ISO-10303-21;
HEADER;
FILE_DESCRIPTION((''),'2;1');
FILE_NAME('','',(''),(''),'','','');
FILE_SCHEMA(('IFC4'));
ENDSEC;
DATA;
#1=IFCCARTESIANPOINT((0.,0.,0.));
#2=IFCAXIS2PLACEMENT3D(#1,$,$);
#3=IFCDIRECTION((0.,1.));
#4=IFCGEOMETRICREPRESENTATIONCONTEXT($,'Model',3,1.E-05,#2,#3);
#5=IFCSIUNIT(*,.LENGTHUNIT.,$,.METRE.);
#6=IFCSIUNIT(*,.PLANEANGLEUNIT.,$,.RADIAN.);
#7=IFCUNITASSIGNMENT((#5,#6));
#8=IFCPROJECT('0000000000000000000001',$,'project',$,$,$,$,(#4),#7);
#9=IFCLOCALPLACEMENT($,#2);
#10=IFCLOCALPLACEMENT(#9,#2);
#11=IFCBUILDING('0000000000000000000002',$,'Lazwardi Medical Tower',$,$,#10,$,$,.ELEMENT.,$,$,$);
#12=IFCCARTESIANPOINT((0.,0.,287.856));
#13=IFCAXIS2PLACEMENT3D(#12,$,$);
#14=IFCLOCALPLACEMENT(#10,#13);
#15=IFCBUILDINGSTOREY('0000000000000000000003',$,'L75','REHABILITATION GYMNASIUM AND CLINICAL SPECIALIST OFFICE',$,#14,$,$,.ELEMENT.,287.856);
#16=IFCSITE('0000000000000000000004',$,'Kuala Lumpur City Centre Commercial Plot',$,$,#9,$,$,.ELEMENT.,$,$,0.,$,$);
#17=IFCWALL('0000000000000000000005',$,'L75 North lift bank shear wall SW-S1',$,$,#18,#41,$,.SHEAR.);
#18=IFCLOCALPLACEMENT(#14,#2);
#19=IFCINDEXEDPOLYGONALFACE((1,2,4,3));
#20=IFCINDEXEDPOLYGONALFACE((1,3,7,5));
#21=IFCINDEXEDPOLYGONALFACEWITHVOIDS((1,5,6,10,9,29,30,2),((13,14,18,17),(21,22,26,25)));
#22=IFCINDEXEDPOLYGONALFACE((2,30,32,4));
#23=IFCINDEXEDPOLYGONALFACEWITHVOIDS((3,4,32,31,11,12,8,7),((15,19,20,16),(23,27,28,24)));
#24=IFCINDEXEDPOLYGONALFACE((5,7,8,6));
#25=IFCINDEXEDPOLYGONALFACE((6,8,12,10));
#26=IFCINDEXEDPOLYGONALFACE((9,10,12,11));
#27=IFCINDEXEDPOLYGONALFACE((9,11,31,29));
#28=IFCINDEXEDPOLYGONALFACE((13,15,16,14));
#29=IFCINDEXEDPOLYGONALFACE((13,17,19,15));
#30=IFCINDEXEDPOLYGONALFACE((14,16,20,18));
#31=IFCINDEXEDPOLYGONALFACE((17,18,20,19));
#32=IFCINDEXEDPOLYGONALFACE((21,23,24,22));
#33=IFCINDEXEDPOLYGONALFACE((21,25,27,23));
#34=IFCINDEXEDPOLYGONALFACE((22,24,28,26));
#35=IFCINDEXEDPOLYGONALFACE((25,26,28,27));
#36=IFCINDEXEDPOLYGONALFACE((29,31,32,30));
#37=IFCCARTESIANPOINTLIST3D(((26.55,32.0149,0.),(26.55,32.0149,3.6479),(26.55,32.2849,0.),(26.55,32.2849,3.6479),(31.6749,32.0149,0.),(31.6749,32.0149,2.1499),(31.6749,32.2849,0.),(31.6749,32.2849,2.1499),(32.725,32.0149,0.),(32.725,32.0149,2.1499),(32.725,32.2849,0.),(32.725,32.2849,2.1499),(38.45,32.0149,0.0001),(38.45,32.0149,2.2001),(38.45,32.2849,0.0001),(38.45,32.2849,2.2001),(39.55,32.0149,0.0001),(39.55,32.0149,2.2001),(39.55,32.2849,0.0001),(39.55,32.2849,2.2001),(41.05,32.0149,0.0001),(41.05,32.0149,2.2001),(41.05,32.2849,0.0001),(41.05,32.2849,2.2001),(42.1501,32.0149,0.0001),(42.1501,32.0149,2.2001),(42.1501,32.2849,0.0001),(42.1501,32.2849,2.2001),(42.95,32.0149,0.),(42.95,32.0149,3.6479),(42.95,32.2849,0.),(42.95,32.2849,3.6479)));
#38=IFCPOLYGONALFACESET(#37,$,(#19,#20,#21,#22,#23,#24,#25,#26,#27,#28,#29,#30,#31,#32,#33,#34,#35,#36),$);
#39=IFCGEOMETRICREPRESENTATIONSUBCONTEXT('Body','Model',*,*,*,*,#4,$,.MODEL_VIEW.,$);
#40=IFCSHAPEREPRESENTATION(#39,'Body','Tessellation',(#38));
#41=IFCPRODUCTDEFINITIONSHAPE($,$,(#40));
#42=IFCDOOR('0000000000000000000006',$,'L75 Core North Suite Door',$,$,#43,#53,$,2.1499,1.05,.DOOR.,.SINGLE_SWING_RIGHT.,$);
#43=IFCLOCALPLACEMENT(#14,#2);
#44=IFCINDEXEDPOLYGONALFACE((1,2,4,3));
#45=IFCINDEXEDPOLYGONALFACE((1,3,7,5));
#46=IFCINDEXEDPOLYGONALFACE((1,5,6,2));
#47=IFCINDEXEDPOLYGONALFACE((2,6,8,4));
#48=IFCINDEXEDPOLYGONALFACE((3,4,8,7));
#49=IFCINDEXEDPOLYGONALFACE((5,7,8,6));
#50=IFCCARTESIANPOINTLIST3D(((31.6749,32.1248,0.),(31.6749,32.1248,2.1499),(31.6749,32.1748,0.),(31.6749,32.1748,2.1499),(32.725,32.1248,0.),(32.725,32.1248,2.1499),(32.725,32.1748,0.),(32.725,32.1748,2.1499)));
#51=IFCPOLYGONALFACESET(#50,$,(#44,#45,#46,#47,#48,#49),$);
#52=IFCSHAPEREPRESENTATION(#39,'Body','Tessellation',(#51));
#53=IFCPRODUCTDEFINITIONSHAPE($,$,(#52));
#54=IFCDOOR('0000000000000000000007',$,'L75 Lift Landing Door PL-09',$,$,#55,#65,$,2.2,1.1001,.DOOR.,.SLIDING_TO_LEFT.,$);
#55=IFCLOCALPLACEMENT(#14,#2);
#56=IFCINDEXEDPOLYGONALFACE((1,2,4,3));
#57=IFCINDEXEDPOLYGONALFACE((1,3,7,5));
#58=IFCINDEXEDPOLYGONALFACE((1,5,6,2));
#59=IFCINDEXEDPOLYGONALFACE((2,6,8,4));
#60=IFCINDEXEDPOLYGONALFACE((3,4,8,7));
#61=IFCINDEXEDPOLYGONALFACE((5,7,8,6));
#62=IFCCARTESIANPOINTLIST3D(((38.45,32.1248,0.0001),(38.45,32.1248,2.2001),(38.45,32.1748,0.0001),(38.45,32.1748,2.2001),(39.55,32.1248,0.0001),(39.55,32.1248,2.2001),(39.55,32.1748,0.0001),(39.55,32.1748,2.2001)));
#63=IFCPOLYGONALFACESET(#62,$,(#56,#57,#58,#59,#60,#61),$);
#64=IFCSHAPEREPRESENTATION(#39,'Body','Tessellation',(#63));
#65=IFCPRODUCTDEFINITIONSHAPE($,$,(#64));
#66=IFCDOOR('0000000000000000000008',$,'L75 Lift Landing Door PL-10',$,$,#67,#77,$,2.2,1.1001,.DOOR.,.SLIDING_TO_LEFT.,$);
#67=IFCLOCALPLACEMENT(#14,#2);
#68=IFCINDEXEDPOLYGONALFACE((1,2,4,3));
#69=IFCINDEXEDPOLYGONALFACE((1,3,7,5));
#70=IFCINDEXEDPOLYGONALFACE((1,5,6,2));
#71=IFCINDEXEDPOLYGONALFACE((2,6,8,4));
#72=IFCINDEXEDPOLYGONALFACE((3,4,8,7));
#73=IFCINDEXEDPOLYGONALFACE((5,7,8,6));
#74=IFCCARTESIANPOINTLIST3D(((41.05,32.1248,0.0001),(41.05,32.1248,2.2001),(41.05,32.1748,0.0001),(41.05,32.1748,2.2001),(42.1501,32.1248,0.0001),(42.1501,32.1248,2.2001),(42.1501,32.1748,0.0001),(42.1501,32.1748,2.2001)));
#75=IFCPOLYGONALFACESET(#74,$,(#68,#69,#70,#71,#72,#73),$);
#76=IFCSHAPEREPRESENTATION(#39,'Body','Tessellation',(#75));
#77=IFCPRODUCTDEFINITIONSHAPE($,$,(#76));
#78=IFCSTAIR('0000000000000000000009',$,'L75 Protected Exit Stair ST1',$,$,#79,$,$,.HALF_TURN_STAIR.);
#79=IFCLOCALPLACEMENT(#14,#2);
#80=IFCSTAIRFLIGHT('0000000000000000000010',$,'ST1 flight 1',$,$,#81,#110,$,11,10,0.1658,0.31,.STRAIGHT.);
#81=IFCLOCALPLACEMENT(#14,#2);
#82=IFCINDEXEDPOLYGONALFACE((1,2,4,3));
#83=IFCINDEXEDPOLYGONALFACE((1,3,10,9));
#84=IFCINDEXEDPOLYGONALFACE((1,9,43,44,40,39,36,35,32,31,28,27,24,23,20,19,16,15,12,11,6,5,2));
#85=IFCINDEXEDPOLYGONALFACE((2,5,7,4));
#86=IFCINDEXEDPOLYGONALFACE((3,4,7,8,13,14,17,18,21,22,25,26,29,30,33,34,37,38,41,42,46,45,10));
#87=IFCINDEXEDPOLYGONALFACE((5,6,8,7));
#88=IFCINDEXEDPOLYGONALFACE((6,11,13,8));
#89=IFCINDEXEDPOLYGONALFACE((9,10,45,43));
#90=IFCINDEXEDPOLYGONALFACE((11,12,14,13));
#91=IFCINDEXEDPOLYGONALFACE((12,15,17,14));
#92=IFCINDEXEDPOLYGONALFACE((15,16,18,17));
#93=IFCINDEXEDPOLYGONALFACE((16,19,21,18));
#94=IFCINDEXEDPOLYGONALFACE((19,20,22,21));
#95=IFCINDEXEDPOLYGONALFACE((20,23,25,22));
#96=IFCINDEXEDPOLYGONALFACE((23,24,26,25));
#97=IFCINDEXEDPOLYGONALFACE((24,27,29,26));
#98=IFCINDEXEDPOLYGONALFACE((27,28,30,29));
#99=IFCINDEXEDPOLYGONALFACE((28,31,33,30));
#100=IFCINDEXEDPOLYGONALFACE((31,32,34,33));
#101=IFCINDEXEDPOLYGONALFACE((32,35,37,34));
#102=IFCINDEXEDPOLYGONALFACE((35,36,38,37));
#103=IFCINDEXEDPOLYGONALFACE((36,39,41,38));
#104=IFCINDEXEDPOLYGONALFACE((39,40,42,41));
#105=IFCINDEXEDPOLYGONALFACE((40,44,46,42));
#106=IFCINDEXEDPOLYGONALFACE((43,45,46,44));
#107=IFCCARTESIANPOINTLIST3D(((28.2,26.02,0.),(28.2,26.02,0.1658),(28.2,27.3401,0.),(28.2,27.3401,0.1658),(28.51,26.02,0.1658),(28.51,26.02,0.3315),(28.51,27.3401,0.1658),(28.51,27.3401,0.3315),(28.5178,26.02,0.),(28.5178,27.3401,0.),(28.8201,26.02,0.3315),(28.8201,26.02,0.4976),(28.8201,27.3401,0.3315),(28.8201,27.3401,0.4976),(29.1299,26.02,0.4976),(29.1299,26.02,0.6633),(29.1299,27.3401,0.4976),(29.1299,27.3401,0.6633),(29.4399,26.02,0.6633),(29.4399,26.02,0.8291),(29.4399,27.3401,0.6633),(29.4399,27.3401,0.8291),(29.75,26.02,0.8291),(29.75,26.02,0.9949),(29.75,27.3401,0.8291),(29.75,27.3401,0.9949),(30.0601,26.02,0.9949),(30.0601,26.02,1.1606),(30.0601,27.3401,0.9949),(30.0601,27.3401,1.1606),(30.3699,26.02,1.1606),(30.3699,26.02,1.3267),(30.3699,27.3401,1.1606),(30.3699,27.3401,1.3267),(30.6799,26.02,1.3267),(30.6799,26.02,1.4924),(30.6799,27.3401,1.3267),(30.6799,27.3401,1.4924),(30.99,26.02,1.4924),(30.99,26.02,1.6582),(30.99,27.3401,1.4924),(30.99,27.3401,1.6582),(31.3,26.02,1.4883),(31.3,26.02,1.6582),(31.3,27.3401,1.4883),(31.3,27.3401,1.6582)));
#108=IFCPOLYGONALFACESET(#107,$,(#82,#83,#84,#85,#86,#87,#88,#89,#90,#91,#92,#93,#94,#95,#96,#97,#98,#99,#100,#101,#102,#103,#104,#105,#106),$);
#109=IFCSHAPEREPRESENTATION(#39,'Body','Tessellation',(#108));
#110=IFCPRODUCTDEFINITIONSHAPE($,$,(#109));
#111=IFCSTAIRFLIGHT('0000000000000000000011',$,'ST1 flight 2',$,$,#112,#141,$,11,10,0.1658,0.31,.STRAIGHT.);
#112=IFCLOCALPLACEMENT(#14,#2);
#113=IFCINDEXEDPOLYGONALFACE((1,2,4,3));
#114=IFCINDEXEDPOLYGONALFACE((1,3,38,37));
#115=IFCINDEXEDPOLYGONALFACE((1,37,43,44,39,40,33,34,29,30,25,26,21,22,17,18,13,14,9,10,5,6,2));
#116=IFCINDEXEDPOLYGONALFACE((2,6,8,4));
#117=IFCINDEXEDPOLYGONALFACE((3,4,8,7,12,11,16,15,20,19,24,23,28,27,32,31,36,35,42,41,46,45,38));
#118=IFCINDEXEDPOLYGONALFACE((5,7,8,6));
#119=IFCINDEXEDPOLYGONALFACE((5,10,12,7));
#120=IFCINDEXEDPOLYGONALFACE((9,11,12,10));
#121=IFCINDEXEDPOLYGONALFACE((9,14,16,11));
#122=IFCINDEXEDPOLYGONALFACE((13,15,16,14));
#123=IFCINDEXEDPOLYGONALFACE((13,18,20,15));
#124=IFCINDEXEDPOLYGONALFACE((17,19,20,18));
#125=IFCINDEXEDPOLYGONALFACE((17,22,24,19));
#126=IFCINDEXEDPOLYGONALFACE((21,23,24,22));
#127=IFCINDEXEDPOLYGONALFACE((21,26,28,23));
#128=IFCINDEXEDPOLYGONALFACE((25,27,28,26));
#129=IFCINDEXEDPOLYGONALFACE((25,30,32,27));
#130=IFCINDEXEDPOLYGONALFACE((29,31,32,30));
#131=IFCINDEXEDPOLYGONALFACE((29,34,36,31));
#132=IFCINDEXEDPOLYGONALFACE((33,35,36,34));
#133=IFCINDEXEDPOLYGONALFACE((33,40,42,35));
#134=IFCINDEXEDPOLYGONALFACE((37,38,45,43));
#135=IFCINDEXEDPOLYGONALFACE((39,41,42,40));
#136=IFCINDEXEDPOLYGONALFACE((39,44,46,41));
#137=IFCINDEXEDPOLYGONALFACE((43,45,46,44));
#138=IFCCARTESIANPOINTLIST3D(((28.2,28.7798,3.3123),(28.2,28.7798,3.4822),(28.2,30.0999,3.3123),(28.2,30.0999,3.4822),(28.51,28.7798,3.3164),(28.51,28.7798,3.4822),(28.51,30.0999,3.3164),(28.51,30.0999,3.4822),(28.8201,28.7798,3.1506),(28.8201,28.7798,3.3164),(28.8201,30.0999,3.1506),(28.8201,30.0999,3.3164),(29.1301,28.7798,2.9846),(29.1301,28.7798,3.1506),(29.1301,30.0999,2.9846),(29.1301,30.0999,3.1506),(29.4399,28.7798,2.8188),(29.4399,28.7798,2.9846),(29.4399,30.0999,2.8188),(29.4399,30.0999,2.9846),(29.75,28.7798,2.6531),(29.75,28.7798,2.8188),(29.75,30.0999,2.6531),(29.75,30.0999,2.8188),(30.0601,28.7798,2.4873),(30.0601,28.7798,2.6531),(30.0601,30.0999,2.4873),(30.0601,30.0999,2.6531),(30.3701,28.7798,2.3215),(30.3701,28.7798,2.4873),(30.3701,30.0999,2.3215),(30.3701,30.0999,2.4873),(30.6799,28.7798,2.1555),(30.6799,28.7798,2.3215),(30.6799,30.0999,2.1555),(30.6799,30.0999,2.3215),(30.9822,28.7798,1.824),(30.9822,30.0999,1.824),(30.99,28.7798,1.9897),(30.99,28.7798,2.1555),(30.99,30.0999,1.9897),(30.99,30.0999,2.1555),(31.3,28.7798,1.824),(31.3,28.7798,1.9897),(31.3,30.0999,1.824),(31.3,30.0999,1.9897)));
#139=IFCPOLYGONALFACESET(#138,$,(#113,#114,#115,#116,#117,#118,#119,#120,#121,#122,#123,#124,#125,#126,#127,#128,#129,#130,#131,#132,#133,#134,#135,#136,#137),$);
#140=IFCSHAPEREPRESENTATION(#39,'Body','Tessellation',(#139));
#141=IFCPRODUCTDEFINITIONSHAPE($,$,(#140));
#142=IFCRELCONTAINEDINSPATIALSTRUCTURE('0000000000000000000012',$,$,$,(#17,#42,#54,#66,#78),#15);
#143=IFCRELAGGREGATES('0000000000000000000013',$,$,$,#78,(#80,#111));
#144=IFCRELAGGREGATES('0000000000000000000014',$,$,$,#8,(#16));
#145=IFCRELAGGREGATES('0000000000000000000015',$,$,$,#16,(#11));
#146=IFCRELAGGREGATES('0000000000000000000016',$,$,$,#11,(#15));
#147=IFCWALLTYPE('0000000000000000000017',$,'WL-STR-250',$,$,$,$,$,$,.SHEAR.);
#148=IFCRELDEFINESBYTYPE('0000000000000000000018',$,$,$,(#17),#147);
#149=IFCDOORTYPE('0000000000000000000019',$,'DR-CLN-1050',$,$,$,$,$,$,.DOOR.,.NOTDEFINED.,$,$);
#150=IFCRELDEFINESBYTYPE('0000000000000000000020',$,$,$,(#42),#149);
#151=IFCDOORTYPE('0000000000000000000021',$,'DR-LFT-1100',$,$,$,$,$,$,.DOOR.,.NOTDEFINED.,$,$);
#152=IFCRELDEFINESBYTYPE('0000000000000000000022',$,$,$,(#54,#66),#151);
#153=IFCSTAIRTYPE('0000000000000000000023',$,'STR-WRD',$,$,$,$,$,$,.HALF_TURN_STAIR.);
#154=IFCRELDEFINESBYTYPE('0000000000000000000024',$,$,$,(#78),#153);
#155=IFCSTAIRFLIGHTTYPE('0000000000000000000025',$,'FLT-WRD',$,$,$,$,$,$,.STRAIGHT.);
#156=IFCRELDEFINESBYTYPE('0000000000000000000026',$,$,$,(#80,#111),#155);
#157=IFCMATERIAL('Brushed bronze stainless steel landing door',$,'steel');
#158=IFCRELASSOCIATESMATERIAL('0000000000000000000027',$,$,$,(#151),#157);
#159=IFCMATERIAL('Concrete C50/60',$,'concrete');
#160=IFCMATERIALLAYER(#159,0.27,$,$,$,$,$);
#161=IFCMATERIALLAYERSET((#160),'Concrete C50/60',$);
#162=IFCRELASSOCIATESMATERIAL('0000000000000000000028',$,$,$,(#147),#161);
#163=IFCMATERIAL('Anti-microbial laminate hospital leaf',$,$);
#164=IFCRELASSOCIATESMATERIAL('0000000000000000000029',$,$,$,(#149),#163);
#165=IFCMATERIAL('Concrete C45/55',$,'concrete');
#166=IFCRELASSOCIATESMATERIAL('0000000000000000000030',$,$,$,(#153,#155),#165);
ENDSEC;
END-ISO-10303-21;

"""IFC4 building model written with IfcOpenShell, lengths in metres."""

from ifc_helpers import new_model, si_unit, direction, frame, frame_2d, origin, place, context, subcontext, project, spatial, polyline, rectangle, outline, extrude, material, layer, layer_set, type_object, element, fill, aggregate, save


model = new_model("IFC4")

# Units and contexts
model_context = context("Model", 3, precision=1e-05, world=origin(), true_north=direction((0.0, 1.0)))
body_context = subcontext(model_context, "Body", "Model", "MODEL_VIEW")
ifc_project = project(units=[si_unit("LENGTHUNIT", "METRE"), si_unit("PLANEANGLEUNIT", "RADIAN")], contexts=[model_context])

# Site, building, storey
site_placement = place(None, origin())
site = spatial("IfcSite", under=ifc_project, at=site_placement, Name="Kuala Lumpur City Centre Commercial Plot", CompositionType="ELEMENT", RefElevation=0.0)
building_placement = place(site_placement, origin())
building = spatial("IfcBuilding", under=site, at=building_placement, Name="Lazwardi Medical Tower", CompositionType="ELEMENT")
storey_placement = place(building_placement, frame((0.0, 0.0, 287.856)))
storey = spatial("IfcBuildingStorey", under=building, at=storey_placement, Name="L75", Description="REHABILITATION GYMNASIUM AND CLINICAL SPECIALIST OFFICE", CompositionType="ELEMENT", Elevation=287.856)

# Shared definitions
ifc_material_1 = material(Name="Anti-microbial laminate hospital leaf")
ifc_material_2 = material(Name="Brushed bronze stainless steel landing door", Category="steel")
door_type_1 = type_object("IfcDoorType", Name="DR-LFT-1100", OperationType="NOTDEFINED", PredefinedType="DOOR", material=ifc_material_2)

# Shared definitions
ifc_material_3 = material(Name="Concrete C50/60", Category="concrete")
ifc_layer_1 = layer(ifc_material_3, 0.27)
ifc_layer_set_1 = layer_set([ifc_layer_1], Name="Concrete C50/60")
wall_type_1 = type_object("IfcWallType", Name="WL-STR-250", PredefinedType="SHEAR", material=ifc_layer_set_1)

# Wall, openings, doors
wall_1_placement = place(storey_placement, frame((26.55, 32.1499, 0.0), z_axis=(0.0, 0.0, 1.0), x_axis=(1.0, 0.0, 0.0)))
wall_1 = element("IfcWall", 1, at=wall_1_placement, inside=storey, type_object=wall_type_1, Name="L75 North lift bank shear wall SW-S1", PredefinedType="SHEAR", context=body_context, shape_type="SweptSolid", body=[
    extrude(rectangle(XDim=16.3999, YDim=0.27, at=frame_2d((8.2, 0.0))), origin(), (0.0, 0.0, 1.0), 3.6479),
])
opening_1_placement = place(wall_1_placement, frame((5.125, 0.0, 0.0)))
opening_1 = element("IfcOpeningElement", 2, at=opening_1_placement, cuts=wall_1, PredefinedType="OPENING", context=body_context, shape_type="SweptSolid", body=[
    extrude(rectangle(XDim=1.05, YDim=2.1499, at=frame_2d((0.5249, 1.075))), frame((0.0, 0.145, 0.0), z_axis=(0.0, -1.0, 0.0), x_axis=(1.0, 0.0, 0.0)), (0.0, 0.0, 1.0), 0.29),
])
opening_2_placement = place(wall_1_placement, frame((11.8999, 0.0, 0.0)))
opening_2 = element("IfcOpeningElement", 3, at=opening_2_placement, cuts=wall_1, PredefinedType="OPENING", context=body_context, shape_type="SweptSolid", body=[
    extrude(rectangle(XDim=1.1001, YDim=2.2, at=frame_2d((0.55, 1.1001))), frame((0.0, 0.145, 0.0), z_axis=(0.0, -1.0, 0.0), x_axis=(1.0, 0.0, 0.0)), (0.0, 0.0, 1.0), 0.29),
])
opening_3_placement = place(wall_1_placement, frame((14.5, 0.0, 0.0)))
opening_3 = element("IfcOpeningElement", 4, at=opening_3_placement, cuts=wall_1, PredefinedType="OPENING", context=body_context, shape_type="SweptSolid", body=[
    extrude(rectangle(XDim=1.1001, YDim=2.2, at=frame_2d((0.55, 1.1001))), frame((0.0, 0.145, 0.0), z_axis=(0.0, -1.0, 0.0), x_axis=(1.0, 0.0, 0.0)), (0.0, 0.0, 1.0), 0.29),
])
door_type_2 = type_object("IfcDoorType", Name="DR-CLN-1050", OperationType="NOTDEFINED", PredefinedType="DOOR", material=ifc_material_1)
door_1_placement = place(opening_1_placement, origin())
door_1 = element("IfcDoor", 5, at=door_1_placement, inside=storey, type_object=door_type_2, Name="L75 Core North Suite Door", OperationType="SINGLE_SWING_RIGHT", OverallHeight=2.1499, OverallWidth=1.05, PredefinedType="DOOR", context=body_context, shape_type="SweptSolid", body=[
    extrude(rectangle(XDim=1.05, YDim=2.1499, at=frame_2d((0.5249, 1.075))), frame((0.0, 0.0249, 0.0), z_axis=(0.0, -1.0, 0.0), x_axis=(1.0, 0.0, 0.0)), (0.0, 0.0, 1.0), 0.05),
])
fill(opening_1, door_1)
door_2_placement = place(opening_2_placement, origin())
door_2 = element("IfcDoor", 6, at=door_2_placement, inside=storey, type_object=door_type_1, Name="L75 Lift Landing Door PL-09", OperationType="SLIDING_TO_LEFT", OverallHeight=2.2, OverallWidth=1.1001, PredefinedType="DOOR", context=body_context, shape_type="SweptSolid", body=[
    extrude(rectangle(XDim=1.1001, YDim=2.2, at=frame_2d((0.55, 1.1001))), frame((0.0, 0.0249, 0.0), z_axis=(0.0, -1.0, 0.0), x_axis=(1.0, 0.0, 0.0)), (0.0, 0.0, 1.0), 0.05),
])
fill(opening_2, door_2)
door_3_placement = place(opening_3_placement, origin())
door_3 = element("IfcDoor", 7, at=door_3_placement, inside=storey, type_object=door_type_1, Name="L75 Lift Landing Door PL-10", OperationType="SLIDING_TO_LEFT", OverallHeight=2.2, OverallWidth=1.1001, PredefinedType="DOOR", context=body_context, shape_type="SweptSolid", body=[
    extrude(rectangle(XDim=1.1001, YDim=2.2, at=frame_2d((0.55, 1.1001))), frame((0.0, 0.0249, 0.0), z_axis=(0.0, -1.0, 0.0), x_axis=(1.0, 0.0, 0.0)), (0.0, 0.0, 1.0), 0.05),
])
fill(opening_3, door_3)

# Stair, stair flights
ifc_material_4 = material(Name="Concrete C45/55", Category="concrete")
stair_type = type_object("IfcStairType", Name="STR-WRD", PredefinedType="HALF_TURN_STAIR", material=ifc_material_4)
stair_placement = place(storey_placement, origin())
stair = element("IfcStair", 8, at=stair_placement, inside=storey, type_object=stair_type, Name="L75 Protected Exit Stair ST1", PredefinedType="HALF_TURN_STAIR")
stair_flight_type = type_object("IfcStairFlightType", Name="FLT-WRD", PredefinedType="STRAIGHT", material=ifc_material_4)
stair_flight_1_placement = place(storey_placement, frame((28.2, 26.6799, 0.0), z_axis=(0.0, 0.0, 1.0), x_axis=(1.0, 0.0, 0.0)))
stair_flight_1 = element("IfcStairFlight", 9, at=stair_flight_1_placement, type_object=stair_flight_type, Name="ST1 flight 1", NumberOfRisers=11, NumberOfTreads=10, PredefinedType="STRAIGHT", RiserHeight=0.1658, TreadLength=0.31, context=body_context, shape_type="SweptSolid", body=[
    extrude(outline(polyline([(0.0, 0.0), (0.0, 0.1658), (0.3101, 0.1658), (0.3101, 0.3315), (0.6201, 0.3315), (0.6201, 0.4976), (0.9299, 0.4976), (0.9299, 0.6633), (1.24, 0.6633), (1.24, 0.8291), (1.55, 0.8291), (1.55, 0.9949), (1.8601, 0.9949), (1.8601, 1.1606), (2.1699, 1.1606), (2.1699, 1.3267), (2.48, 1.3267), (2.48, 1.4924), (2.79, 1.4924), (2.79, 1.6582), (3.1001, 1.6582), (3.1001, 1.824), (3.1001, 1.4883), (0.3179, 0.0), (0.0, 0.0)])), frame((0.0, 0.6602, 0.0), z_axis=(0.0, -1.0, 0.0), x_axis=(1.0, 0.0, 0.0)), (0.0, 0.0, 1.0), 1.3201),
])
stair_flight_2_placement = place(storey_placement, frame((31.3, 29.4399, 1.824), z_axis=(0.0, 0.0, 1.0), x_axis=(-1.0, 0.0, 0.0)))
stair_flight_2 = element("IfcStairFlight", 10, at=stair_flight_2_placement, type_object=stair_flight_type, Name="ST1 flight 2", NumberOfRisers=11, NumberOfTreads=10, PredefinedType="STRAIGHT", RiserHeight=0.1658, TreadLength=0.31, context=body_context, shape_type="SweptSolid", body=[
    extrude(outline(polyline([(0.0, 0.0), (0.0, 0.1658), (0.3101, 0.1658), (0.3101, 0.3315), (0.6201, 0.3315), (0.6201, 0.4976), (0.9299, 0.4976), (0.9299, 0.6633), (1.24, 0.6633), (1.24, 0.8291), (1.55, 0.8291), (1.55, 0.9949), (1.8601, 0.9949), (1.8601, 1.1606), (2.1699, 1.1606), (2.1699, 1.3267), (2.48, 1.3267), (2.48, 1.4924), (2.79, 1.4924), (2.79, 1.6582), (3.1001, 1.6582), (3.1001, 1.824), (3.1001, 1.4883), (0.3179, 0.0), (0.0, 0.0)])), frame((0.0, 0.6602, 0.0), z_axis=(0.0, -1.0, 0.0), x_axis=(1.0, 0.0, 0.0)), (0.0, 0.0, 1.0), 1.3201),
])
aggregate(stair, [stair_flight_1, stair_flight_2])

save(model, "model.ifc")
